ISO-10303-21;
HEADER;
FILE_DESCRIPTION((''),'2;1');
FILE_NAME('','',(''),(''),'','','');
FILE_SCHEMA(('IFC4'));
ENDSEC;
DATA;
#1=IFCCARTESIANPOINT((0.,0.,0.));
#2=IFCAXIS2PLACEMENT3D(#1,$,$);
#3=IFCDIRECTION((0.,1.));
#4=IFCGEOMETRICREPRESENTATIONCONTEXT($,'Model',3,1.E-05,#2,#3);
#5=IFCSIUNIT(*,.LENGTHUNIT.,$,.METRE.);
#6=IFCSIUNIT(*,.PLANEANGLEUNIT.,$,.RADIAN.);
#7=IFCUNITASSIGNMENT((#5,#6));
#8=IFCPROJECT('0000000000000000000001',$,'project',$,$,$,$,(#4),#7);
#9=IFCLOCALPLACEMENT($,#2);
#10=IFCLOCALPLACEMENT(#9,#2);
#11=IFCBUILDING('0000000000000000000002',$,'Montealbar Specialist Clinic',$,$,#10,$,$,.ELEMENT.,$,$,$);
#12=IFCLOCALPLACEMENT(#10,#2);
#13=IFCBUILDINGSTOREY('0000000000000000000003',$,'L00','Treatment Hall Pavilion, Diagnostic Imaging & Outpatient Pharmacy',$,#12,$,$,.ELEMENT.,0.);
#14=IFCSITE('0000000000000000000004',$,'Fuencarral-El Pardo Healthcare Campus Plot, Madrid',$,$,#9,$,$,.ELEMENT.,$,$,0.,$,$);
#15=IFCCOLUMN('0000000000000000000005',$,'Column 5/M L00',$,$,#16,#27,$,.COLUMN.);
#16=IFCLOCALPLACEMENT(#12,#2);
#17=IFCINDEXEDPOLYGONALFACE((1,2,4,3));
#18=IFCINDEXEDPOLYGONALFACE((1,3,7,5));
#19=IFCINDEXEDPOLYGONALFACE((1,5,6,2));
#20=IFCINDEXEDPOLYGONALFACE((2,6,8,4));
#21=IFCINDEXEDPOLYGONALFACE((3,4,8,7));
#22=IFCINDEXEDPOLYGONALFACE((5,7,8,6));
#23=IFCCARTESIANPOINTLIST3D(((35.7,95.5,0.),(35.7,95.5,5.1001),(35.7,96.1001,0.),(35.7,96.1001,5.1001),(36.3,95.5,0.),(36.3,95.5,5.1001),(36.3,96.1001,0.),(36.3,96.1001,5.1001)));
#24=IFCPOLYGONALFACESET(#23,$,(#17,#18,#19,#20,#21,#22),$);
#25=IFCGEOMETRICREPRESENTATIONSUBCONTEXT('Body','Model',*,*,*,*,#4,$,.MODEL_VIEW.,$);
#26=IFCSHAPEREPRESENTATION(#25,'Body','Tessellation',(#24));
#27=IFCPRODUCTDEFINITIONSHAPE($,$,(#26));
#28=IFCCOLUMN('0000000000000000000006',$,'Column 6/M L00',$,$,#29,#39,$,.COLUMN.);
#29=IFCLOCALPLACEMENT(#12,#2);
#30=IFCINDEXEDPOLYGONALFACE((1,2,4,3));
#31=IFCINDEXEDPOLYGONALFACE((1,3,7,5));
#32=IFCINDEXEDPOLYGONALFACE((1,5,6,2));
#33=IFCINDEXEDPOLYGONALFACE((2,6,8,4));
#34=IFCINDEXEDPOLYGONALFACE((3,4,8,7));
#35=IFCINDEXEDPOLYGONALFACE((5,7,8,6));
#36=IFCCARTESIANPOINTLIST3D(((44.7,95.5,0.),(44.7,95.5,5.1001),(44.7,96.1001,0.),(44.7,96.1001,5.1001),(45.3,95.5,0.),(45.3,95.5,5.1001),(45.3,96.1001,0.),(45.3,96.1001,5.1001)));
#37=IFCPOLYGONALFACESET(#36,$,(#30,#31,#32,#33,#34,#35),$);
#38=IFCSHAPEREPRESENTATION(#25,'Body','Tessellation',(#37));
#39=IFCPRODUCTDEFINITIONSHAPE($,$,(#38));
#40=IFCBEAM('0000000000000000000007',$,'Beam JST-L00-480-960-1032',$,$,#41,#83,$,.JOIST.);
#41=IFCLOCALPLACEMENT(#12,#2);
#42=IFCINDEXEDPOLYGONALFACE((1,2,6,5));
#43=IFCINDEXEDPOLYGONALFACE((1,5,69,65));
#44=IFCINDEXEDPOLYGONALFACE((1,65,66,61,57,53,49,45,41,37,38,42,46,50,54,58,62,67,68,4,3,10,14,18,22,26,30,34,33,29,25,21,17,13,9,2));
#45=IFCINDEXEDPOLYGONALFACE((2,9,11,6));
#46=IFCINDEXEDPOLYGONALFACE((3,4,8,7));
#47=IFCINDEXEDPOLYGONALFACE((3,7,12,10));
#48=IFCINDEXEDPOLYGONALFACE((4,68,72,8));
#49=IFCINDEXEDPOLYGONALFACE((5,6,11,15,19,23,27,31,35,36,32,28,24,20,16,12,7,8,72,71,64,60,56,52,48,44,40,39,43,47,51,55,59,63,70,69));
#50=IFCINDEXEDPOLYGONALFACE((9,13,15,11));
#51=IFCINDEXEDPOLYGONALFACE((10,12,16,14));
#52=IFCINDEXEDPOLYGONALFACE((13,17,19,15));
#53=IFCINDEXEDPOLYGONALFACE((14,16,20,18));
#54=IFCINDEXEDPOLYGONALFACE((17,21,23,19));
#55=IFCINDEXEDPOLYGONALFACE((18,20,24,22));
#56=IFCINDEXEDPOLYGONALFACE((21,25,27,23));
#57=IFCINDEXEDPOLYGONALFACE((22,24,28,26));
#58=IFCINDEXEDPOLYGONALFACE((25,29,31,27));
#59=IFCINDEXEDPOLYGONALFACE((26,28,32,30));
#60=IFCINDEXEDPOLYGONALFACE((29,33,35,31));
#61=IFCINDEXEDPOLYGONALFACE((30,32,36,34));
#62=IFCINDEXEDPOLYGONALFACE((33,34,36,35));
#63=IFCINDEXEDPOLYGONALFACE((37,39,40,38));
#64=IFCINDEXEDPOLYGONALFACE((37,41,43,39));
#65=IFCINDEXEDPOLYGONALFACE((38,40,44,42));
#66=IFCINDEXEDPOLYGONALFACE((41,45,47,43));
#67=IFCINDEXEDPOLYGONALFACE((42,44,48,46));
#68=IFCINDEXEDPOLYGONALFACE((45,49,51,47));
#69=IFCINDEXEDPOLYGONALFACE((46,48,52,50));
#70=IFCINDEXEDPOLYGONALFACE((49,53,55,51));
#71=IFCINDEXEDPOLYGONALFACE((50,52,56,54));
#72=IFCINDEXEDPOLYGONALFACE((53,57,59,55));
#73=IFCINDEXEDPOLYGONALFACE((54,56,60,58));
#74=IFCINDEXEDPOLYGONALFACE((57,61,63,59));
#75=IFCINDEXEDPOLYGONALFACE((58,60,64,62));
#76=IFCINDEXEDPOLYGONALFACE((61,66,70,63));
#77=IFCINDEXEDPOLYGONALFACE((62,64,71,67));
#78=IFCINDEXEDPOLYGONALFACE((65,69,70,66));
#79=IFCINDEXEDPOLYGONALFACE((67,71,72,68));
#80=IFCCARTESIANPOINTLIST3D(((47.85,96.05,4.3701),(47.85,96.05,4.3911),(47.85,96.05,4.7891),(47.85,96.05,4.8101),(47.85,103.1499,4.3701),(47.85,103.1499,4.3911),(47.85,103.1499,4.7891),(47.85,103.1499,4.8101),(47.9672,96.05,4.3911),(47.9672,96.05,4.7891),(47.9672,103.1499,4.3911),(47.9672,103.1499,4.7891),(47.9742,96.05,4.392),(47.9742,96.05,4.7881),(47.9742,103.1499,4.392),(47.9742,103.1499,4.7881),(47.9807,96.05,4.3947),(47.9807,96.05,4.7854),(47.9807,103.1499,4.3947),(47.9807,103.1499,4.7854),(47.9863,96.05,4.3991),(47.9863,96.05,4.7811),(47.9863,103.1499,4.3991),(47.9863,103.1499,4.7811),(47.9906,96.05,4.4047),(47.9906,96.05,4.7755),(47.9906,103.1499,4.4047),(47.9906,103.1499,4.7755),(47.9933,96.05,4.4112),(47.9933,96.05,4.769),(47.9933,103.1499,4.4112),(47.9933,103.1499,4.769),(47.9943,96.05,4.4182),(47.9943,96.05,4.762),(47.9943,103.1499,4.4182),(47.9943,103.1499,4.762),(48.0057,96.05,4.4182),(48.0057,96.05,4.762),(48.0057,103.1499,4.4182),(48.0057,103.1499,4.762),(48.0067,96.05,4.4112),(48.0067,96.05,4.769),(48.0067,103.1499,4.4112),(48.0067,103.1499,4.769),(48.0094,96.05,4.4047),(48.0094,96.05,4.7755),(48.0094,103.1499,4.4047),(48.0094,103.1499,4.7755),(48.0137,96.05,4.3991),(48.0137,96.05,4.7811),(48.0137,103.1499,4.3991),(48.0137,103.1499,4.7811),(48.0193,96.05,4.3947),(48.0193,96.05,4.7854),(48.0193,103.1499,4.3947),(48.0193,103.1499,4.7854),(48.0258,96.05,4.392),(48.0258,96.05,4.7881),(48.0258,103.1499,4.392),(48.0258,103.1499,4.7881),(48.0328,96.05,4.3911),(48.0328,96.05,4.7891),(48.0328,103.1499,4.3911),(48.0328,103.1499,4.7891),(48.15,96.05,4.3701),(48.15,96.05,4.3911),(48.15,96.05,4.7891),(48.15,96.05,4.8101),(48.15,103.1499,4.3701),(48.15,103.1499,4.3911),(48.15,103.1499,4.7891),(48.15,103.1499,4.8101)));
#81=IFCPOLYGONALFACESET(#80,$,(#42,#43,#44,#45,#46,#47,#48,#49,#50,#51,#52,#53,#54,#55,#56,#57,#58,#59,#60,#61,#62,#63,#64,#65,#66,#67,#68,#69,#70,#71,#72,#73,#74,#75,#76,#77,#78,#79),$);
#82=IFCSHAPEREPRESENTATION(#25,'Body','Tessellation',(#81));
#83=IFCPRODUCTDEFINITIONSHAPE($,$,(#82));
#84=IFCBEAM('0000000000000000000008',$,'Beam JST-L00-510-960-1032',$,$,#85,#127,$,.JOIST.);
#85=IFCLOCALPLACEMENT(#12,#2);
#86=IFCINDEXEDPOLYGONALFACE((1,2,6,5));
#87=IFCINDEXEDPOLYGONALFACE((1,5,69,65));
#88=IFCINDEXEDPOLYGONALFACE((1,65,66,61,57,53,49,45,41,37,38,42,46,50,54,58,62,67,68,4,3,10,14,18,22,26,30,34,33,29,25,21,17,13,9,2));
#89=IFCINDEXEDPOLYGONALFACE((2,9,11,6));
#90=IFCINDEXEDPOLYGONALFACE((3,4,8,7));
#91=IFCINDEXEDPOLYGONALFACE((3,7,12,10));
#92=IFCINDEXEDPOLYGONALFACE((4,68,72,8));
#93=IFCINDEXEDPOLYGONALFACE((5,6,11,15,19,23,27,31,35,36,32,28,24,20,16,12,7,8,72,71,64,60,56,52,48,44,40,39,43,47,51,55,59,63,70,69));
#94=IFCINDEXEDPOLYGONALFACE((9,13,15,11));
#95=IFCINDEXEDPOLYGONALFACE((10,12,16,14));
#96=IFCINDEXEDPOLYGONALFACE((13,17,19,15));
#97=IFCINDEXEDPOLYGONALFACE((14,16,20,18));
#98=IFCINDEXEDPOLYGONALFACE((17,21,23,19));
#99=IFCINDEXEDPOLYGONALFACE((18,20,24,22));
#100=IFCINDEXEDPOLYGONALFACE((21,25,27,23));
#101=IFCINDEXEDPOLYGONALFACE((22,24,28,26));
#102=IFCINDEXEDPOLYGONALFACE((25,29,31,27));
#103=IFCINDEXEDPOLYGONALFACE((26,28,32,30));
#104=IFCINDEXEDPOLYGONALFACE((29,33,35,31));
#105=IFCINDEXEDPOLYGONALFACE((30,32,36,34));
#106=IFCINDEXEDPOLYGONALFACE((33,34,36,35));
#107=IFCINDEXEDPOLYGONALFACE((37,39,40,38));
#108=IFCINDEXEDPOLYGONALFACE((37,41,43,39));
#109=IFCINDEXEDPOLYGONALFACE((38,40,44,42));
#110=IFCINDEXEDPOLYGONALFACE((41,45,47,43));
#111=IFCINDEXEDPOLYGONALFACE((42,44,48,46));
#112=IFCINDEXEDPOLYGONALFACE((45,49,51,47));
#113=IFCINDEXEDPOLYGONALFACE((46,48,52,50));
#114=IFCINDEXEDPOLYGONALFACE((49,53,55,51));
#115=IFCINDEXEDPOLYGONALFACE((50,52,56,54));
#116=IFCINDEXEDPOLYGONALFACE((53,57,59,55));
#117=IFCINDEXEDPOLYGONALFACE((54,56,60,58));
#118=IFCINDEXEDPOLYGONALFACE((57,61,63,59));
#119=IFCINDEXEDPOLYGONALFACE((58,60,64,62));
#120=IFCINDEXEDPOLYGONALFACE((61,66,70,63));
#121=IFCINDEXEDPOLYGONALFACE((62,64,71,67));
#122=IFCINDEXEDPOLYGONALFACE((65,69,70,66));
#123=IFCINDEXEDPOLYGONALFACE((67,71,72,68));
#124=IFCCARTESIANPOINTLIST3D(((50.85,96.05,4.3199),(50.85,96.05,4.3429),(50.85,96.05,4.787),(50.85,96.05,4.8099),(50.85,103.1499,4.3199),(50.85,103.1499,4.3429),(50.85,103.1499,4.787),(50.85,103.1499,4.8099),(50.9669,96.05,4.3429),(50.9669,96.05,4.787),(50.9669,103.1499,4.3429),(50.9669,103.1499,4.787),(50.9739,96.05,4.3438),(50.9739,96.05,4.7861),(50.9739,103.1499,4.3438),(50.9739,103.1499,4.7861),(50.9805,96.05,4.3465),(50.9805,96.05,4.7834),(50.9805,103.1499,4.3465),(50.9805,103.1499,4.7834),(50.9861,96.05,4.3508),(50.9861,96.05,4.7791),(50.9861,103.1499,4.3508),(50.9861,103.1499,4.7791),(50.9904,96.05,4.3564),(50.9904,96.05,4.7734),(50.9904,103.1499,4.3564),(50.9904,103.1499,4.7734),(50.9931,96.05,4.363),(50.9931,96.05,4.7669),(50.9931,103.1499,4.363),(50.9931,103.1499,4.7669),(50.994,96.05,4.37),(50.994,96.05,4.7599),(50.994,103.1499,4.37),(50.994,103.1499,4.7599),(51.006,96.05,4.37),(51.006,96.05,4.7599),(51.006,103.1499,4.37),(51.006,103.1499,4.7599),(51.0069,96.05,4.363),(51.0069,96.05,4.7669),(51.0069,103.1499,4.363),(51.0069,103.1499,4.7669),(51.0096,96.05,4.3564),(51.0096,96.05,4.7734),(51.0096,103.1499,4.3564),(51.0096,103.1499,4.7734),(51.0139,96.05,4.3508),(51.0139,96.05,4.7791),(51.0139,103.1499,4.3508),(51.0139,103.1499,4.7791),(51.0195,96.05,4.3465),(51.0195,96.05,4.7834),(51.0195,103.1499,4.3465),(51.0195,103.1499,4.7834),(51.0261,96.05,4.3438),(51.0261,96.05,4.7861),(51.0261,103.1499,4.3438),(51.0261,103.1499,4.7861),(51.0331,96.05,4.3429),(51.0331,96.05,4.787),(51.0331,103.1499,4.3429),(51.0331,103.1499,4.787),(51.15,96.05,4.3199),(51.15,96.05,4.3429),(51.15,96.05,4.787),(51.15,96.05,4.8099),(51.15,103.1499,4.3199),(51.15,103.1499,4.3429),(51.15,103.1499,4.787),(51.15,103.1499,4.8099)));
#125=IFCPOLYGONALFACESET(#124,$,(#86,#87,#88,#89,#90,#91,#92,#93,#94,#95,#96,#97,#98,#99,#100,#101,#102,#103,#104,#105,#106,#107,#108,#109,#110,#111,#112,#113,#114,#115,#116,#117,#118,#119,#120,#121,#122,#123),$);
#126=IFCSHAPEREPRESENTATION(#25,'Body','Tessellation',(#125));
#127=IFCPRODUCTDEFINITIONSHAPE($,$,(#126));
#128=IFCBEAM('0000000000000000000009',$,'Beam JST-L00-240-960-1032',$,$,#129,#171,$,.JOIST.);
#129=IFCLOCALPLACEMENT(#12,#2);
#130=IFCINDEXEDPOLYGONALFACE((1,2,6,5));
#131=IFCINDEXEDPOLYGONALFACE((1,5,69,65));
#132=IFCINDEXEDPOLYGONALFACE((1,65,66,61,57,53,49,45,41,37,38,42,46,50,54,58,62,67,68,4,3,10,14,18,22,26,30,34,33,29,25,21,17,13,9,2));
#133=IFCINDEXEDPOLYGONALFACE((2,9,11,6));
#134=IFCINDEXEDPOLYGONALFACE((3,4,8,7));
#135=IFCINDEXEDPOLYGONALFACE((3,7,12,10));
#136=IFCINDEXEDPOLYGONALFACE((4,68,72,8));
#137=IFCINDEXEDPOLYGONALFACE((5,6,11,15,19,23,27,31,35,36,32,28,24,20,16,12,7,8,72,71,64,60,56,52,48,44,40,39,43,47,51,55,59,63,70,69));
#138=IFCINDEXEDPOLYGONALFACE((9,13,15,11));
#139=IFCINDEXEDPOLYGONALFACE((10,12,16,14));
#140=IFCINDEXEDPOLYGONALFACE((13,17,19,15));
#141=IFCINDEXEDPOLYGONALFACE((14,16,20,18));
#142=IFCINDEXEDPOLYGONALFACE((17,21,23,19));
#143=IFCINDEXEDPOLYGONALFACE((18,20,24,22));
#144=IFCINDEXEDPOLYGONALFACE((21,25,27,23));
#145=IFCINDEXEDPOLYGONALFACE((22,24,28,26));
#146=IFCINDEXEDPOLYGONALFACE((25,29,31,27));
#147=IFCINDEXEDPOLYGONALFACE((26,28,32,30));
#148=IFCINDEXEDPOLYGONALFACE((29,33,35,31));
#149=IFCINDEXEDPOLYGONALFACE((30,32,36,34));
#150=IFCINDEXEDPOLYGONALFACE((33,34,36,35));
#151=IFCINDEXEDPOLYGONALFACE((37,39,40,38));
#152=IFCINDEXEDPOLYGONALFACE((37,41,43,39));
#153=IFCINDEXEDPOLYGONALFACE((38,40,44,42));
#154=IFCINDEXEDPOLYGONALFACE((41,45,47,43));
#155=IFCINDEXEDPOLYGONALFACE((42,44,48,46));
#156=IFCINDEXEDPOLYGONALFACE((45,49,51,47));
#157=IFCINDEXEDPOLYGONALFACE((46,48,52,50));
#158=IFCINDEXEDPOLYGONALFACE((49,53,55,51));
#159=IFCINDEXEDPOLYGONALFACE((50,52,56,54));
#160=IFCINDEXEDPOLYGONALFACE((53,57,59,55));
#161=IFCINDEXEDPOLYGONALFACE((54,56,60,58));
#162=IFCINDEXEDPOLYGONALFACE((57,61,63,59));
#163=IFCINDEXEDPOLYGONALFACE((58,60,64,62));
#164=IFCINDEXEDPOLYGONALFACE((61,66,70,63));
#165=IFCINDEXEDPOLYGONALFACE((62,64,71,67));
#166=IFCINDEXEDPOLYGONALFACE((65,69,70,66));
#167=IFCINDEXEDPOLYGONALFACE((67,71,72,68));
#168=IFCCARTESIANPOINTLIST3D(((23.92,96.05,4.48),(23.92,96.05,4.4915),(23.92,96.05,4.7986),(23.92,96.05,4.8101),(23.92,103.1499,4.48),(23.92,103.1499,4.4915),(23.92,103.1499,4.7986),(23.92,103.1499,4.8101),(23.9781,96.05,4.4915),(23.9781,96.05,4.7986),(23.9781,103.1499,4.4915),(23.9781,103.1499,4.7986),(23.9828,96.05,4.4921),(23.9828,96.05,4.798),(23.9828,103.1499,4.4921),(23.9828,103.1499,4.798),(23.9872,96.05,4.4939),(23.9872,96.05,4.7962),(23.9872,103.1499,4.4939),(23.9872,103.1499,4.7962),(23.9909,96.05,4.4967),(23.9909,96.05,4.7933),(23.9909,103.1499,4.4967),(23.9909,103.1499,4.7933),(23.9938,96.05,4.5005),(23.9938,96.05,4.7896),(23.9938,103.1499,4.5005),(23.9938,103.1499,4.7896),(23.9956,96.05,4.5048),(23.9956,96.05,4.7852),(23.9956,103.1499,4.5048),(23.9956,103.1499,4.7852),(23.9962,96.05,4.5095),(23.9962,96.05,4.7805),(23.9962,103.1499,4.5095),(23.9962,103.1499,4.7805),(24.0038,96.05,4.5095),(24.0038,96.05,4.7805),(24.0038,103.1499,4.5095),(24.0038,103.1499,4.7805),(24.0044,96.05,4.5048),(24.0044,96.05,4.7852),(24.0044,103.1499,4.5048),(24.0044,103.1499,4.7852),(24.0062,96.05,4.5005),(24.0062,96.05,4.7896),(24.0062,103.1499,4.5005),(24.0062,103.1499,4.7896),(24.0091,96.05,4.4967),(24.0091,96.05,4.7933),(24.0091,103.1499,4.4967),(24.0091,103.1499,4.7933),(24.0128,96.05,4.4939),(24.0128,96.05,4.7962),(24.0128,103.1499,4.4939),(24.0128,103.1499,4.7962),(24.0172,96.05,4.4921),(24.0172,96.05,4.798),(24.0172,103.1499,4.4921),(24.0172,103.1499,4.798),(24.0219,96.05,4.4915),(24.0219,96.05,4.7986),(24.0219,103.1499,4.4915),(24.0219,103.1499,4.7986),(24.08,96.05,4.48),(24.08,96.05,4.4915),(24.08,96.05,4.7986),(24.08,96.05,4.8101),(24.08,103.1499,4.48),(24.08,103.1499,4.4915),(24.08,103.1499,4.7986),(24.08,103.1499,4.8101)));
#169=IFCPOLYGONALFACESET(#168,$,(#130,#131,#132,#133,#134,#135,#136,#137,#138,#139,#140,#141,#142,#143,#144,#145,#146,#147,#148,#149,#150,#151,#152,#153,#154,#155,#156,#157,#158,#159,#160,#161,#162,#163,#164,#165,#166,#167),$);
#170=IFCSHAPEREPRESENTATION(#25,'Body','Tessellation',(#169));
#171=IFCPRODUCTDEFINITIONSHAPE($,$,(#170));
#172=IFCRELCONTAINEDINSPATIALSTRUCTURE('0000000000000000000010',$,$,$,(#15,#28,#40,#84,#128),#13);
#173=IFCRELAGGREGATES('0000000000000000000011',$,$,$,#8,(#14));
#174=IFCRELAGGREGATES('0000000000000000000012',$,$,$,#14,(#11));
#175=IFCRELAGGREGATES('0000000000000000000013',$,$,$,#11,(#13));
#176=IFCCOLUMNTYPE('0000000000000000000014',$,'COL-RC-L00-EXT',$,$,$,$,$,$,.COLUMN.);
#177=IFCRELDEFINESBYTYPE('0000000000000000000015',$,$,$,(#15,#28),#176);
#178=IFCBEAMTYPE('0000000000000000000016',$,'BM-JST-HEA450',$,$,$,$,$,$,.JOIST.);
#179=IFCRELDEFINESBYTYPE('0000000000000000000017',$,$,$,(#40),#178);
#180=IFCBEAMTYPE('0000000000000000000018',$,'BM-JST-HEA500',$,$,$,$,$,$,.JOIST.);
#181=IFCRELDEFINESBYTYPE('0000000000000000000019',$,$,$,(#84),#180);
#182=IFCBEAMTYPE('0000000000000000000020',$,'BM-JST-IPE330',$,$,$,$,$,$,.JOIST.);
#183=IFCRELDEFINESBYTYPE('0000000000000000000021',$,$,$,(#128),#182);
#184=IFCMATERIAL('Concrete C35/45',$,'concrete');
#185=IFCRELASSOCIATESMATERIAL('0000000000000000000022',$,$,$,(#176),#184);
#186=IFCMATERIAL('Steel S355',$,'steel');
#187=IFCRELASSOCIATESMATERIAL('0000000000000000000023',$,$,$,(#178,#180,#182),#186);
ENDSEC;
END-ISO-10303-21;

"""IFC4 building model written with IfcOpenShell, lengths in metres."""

from ifc_helpers import new_model, si_unit, direction, frame, origin, origin_2d, place, context, subcontext, project, spatial, rectangle, i_section, extrude, material, material_profile, profile_set, type_object, element, save


model = new_model("IFC4")

# Units and contexts
model_context = context("Model", 3, precision=1e-05, world=origin(), true_north=direction((0.0, 1.0)))
body_context = subcontext(model_context, "Body", "Model", "MODEL_VIEW")
ifc_project = project(units=[si_unit("LENGTHUNIT", "METRE"), si_unit("PLANEANGLEUNIT", "RADIAN")], contexts=[model_context])

# Site, building, storey
site_placement = place(None, origin())
site = spatial("IfcSite", under=ifc_project, at=site_placement, Name="Fuencarral-El Pardo Healthcare Campus Plot, Madrid", CompositionType="ELEMENT", RefElevation=0.0)
building_placement = place(site_placement, origin())
building = spatial("IfcBuilding", under=site, at=building_placement, Name="Montealbar Specialist Clinic", CompositionType="ELEMENT")
storey_placement = place(building_placement, origin())
storey = spatial("IfcBuildingStorey", under=building, at=storey_placement, Name="L00", Description="Treatment Hall Pavilion, Diagnostic Imaging & Outpatient Pharmacy", CompositionType="ELEMENT", Elevation=0.0)

# Columns
ifc_material_1 = material(Name="Concrete C35/45", Category="concrete")
ifc_material_profile_1 = material_profile(ifc_material_1, rectangle(XDim=0.6001, YDim=0.6001, at=origin_2d()), Name="RC 600x600", Category="concrete")
ifc_profile_set_1 = profile_set([ifc_material_profile_1], Name="Concrete C35/45")
column_type = type_object("IfcColumnType", Name="COL-RC-L00-EXT", PredefinedType="COLUMN", material=ifc_profile_set_1)
for number, where, z_axis, x_axis, name in (
    (1, (36.0, 95.8, 0.0), (0.0, 0.0, 1.0), (1.0, 0.0, 0.0), "Column 5/M L00"),
    (2, (45.0, 95.8, 0.0), (0.0, 0.0, 1.0), (1.0, 0.0, 0.0), "Column 6/M L00"),
):
    element("IfcColumn", number, at=place(storey_placement, frame(where, z_axis=z_axis, x_axis=x_axis)), inside=storey, type_object=column_type, Name=name, PredefinedType="COLUMN", context=body_context, shape_type="SweptSolid", body=[
        extrude(rectangle(XDim=0.6001, YDim=0.6001, at=origin_2d()), origin(), (0.0, 0.0, 1.0), 5.1001),
    ])

# Beams
ifc_material_2 = material(Name="Steel S355", Category="steel")
ifc_material_profile_2 = material_profile(ifc_material_2, i_section(OverallWidth=0.3, OverallDepth=0.4399, WebThickness=0.0115, FlangeThickness=0.021, FilletRadius=0.0271, at=origin_2d()), Name="HEA 450", Category="steel")
ifc_profile_set_2 = profile_set([ifc_material_profile_2], Name="Steel S355")
beam_type_1 = type_object("IfcBeamType", Name="BM-JST-HEA450", PredefinedType="JOIST", material=ifc_profile_set_2)
beam_1_placement = place(storey_placement, frame((48.0, 96.05, 4.5901), z_axis=(0.0, 1.0, 0.0), x_axis=(-1.0, 0.0, 0.0)))
element("IfcBeam", 3, at=beam_1_placement, inside=storey, type_object=beam_type_1, Name="Beam JST-L00-480-960-1032", PredefinedType="JOIST", context=body_context, shape_type="SweptSolid", body=[
    extrude(i_section(OverallWidth=0.3, OverallDepth=0.4399, WebThickness=0.0115, FlangeThickness=0.021, FilletRadius=0.0271, at=origin_2d()), origin(), (0.0, 0.0, 1.0), 7.0999),
])
ifc_material_profile_3 = material_profile(ifc_material_2, i_section(OverallWidth=0.3, OverallDepth=0.49, WebThickness=0.012, FlangeThickness=0.0229, FilletRadius=0.0271, at=origin_2d()), Name="HEA 500", Category="steel")
ifc_profile_set_3 = profile_set([ifc_material_profile_3], Name="Steel S355")
beam_type_2 = type_object("IfcBeamType", Name="BM-JST-HEA500", PredefinedType="JOIST", material=ifc_profile_set_3)
beam_2_placement = place(storey_placement, frame((51.0, 96.05, 4.5649), z_axis=(0.0, 1.0, 0.0), x_axis=(-1.0, 0.0, 0.0)))
element("IfcBeam", 4, at=beam_2_placement, inside=storey, type_object=beam_type_2, Name="Beam JST-L00-510-960-1032", PredefinedType="JOIST", context=body_context, shape_type="SweptSolid", body=[
    extrude(i_section(OverallWidth=0.3, OverallDepth=0.49, WebThickness=0.012, FlangeThickness=0.0229, FilletRadius=0.0271, at=origin_2d()), origin(), (0.0, 0.0, 1.0), 7.0999),
])
ifc_material_profile_4 = material_profile(ifc_material_2, i_section(OverallWidth=0.1599, OverallDepth=0.3301, WebThickness=0.0076, FlangeThickness=0.0115, FilletRadius=0.0181, at=origin_2d()), Name="IPE 330", Category="steel")
ifc_profile_set_4 = profile_set([ifc_material_profile_4], Name="Steel S355")
beam_type_3 = type_object("IfcBeamType", Name="BM-JST-IPE330", PredefinedType="JOIST", material=ifc_profile_set_4)
beam_3_placement = place(storey_placement, frame((24.0, 96.05, 4.645), z_axis=(0.0, 1.0, 0.0), x_axis=(-1.0, 0.0, 0.0)))
element("IfcBeam", 5, at=beam_3_placement, inside=storey, type_object=beam_type_3, Name="Beam JST-L00-240-960-1032", PredefinedType="JOIST", context=body_context, shape_type="SweptSolid", body=[
    extrude(i_section(OverallWidth=0.1599, OverallDepth=0.3301, WebThickness=0.0076, FlangeThickness=0.0115, FilletRadius=0.0181, at=origin_2d()), origin(), (0.0, 0.0, 1.0), 7.0999),
])

save(model, "model.ifc")
